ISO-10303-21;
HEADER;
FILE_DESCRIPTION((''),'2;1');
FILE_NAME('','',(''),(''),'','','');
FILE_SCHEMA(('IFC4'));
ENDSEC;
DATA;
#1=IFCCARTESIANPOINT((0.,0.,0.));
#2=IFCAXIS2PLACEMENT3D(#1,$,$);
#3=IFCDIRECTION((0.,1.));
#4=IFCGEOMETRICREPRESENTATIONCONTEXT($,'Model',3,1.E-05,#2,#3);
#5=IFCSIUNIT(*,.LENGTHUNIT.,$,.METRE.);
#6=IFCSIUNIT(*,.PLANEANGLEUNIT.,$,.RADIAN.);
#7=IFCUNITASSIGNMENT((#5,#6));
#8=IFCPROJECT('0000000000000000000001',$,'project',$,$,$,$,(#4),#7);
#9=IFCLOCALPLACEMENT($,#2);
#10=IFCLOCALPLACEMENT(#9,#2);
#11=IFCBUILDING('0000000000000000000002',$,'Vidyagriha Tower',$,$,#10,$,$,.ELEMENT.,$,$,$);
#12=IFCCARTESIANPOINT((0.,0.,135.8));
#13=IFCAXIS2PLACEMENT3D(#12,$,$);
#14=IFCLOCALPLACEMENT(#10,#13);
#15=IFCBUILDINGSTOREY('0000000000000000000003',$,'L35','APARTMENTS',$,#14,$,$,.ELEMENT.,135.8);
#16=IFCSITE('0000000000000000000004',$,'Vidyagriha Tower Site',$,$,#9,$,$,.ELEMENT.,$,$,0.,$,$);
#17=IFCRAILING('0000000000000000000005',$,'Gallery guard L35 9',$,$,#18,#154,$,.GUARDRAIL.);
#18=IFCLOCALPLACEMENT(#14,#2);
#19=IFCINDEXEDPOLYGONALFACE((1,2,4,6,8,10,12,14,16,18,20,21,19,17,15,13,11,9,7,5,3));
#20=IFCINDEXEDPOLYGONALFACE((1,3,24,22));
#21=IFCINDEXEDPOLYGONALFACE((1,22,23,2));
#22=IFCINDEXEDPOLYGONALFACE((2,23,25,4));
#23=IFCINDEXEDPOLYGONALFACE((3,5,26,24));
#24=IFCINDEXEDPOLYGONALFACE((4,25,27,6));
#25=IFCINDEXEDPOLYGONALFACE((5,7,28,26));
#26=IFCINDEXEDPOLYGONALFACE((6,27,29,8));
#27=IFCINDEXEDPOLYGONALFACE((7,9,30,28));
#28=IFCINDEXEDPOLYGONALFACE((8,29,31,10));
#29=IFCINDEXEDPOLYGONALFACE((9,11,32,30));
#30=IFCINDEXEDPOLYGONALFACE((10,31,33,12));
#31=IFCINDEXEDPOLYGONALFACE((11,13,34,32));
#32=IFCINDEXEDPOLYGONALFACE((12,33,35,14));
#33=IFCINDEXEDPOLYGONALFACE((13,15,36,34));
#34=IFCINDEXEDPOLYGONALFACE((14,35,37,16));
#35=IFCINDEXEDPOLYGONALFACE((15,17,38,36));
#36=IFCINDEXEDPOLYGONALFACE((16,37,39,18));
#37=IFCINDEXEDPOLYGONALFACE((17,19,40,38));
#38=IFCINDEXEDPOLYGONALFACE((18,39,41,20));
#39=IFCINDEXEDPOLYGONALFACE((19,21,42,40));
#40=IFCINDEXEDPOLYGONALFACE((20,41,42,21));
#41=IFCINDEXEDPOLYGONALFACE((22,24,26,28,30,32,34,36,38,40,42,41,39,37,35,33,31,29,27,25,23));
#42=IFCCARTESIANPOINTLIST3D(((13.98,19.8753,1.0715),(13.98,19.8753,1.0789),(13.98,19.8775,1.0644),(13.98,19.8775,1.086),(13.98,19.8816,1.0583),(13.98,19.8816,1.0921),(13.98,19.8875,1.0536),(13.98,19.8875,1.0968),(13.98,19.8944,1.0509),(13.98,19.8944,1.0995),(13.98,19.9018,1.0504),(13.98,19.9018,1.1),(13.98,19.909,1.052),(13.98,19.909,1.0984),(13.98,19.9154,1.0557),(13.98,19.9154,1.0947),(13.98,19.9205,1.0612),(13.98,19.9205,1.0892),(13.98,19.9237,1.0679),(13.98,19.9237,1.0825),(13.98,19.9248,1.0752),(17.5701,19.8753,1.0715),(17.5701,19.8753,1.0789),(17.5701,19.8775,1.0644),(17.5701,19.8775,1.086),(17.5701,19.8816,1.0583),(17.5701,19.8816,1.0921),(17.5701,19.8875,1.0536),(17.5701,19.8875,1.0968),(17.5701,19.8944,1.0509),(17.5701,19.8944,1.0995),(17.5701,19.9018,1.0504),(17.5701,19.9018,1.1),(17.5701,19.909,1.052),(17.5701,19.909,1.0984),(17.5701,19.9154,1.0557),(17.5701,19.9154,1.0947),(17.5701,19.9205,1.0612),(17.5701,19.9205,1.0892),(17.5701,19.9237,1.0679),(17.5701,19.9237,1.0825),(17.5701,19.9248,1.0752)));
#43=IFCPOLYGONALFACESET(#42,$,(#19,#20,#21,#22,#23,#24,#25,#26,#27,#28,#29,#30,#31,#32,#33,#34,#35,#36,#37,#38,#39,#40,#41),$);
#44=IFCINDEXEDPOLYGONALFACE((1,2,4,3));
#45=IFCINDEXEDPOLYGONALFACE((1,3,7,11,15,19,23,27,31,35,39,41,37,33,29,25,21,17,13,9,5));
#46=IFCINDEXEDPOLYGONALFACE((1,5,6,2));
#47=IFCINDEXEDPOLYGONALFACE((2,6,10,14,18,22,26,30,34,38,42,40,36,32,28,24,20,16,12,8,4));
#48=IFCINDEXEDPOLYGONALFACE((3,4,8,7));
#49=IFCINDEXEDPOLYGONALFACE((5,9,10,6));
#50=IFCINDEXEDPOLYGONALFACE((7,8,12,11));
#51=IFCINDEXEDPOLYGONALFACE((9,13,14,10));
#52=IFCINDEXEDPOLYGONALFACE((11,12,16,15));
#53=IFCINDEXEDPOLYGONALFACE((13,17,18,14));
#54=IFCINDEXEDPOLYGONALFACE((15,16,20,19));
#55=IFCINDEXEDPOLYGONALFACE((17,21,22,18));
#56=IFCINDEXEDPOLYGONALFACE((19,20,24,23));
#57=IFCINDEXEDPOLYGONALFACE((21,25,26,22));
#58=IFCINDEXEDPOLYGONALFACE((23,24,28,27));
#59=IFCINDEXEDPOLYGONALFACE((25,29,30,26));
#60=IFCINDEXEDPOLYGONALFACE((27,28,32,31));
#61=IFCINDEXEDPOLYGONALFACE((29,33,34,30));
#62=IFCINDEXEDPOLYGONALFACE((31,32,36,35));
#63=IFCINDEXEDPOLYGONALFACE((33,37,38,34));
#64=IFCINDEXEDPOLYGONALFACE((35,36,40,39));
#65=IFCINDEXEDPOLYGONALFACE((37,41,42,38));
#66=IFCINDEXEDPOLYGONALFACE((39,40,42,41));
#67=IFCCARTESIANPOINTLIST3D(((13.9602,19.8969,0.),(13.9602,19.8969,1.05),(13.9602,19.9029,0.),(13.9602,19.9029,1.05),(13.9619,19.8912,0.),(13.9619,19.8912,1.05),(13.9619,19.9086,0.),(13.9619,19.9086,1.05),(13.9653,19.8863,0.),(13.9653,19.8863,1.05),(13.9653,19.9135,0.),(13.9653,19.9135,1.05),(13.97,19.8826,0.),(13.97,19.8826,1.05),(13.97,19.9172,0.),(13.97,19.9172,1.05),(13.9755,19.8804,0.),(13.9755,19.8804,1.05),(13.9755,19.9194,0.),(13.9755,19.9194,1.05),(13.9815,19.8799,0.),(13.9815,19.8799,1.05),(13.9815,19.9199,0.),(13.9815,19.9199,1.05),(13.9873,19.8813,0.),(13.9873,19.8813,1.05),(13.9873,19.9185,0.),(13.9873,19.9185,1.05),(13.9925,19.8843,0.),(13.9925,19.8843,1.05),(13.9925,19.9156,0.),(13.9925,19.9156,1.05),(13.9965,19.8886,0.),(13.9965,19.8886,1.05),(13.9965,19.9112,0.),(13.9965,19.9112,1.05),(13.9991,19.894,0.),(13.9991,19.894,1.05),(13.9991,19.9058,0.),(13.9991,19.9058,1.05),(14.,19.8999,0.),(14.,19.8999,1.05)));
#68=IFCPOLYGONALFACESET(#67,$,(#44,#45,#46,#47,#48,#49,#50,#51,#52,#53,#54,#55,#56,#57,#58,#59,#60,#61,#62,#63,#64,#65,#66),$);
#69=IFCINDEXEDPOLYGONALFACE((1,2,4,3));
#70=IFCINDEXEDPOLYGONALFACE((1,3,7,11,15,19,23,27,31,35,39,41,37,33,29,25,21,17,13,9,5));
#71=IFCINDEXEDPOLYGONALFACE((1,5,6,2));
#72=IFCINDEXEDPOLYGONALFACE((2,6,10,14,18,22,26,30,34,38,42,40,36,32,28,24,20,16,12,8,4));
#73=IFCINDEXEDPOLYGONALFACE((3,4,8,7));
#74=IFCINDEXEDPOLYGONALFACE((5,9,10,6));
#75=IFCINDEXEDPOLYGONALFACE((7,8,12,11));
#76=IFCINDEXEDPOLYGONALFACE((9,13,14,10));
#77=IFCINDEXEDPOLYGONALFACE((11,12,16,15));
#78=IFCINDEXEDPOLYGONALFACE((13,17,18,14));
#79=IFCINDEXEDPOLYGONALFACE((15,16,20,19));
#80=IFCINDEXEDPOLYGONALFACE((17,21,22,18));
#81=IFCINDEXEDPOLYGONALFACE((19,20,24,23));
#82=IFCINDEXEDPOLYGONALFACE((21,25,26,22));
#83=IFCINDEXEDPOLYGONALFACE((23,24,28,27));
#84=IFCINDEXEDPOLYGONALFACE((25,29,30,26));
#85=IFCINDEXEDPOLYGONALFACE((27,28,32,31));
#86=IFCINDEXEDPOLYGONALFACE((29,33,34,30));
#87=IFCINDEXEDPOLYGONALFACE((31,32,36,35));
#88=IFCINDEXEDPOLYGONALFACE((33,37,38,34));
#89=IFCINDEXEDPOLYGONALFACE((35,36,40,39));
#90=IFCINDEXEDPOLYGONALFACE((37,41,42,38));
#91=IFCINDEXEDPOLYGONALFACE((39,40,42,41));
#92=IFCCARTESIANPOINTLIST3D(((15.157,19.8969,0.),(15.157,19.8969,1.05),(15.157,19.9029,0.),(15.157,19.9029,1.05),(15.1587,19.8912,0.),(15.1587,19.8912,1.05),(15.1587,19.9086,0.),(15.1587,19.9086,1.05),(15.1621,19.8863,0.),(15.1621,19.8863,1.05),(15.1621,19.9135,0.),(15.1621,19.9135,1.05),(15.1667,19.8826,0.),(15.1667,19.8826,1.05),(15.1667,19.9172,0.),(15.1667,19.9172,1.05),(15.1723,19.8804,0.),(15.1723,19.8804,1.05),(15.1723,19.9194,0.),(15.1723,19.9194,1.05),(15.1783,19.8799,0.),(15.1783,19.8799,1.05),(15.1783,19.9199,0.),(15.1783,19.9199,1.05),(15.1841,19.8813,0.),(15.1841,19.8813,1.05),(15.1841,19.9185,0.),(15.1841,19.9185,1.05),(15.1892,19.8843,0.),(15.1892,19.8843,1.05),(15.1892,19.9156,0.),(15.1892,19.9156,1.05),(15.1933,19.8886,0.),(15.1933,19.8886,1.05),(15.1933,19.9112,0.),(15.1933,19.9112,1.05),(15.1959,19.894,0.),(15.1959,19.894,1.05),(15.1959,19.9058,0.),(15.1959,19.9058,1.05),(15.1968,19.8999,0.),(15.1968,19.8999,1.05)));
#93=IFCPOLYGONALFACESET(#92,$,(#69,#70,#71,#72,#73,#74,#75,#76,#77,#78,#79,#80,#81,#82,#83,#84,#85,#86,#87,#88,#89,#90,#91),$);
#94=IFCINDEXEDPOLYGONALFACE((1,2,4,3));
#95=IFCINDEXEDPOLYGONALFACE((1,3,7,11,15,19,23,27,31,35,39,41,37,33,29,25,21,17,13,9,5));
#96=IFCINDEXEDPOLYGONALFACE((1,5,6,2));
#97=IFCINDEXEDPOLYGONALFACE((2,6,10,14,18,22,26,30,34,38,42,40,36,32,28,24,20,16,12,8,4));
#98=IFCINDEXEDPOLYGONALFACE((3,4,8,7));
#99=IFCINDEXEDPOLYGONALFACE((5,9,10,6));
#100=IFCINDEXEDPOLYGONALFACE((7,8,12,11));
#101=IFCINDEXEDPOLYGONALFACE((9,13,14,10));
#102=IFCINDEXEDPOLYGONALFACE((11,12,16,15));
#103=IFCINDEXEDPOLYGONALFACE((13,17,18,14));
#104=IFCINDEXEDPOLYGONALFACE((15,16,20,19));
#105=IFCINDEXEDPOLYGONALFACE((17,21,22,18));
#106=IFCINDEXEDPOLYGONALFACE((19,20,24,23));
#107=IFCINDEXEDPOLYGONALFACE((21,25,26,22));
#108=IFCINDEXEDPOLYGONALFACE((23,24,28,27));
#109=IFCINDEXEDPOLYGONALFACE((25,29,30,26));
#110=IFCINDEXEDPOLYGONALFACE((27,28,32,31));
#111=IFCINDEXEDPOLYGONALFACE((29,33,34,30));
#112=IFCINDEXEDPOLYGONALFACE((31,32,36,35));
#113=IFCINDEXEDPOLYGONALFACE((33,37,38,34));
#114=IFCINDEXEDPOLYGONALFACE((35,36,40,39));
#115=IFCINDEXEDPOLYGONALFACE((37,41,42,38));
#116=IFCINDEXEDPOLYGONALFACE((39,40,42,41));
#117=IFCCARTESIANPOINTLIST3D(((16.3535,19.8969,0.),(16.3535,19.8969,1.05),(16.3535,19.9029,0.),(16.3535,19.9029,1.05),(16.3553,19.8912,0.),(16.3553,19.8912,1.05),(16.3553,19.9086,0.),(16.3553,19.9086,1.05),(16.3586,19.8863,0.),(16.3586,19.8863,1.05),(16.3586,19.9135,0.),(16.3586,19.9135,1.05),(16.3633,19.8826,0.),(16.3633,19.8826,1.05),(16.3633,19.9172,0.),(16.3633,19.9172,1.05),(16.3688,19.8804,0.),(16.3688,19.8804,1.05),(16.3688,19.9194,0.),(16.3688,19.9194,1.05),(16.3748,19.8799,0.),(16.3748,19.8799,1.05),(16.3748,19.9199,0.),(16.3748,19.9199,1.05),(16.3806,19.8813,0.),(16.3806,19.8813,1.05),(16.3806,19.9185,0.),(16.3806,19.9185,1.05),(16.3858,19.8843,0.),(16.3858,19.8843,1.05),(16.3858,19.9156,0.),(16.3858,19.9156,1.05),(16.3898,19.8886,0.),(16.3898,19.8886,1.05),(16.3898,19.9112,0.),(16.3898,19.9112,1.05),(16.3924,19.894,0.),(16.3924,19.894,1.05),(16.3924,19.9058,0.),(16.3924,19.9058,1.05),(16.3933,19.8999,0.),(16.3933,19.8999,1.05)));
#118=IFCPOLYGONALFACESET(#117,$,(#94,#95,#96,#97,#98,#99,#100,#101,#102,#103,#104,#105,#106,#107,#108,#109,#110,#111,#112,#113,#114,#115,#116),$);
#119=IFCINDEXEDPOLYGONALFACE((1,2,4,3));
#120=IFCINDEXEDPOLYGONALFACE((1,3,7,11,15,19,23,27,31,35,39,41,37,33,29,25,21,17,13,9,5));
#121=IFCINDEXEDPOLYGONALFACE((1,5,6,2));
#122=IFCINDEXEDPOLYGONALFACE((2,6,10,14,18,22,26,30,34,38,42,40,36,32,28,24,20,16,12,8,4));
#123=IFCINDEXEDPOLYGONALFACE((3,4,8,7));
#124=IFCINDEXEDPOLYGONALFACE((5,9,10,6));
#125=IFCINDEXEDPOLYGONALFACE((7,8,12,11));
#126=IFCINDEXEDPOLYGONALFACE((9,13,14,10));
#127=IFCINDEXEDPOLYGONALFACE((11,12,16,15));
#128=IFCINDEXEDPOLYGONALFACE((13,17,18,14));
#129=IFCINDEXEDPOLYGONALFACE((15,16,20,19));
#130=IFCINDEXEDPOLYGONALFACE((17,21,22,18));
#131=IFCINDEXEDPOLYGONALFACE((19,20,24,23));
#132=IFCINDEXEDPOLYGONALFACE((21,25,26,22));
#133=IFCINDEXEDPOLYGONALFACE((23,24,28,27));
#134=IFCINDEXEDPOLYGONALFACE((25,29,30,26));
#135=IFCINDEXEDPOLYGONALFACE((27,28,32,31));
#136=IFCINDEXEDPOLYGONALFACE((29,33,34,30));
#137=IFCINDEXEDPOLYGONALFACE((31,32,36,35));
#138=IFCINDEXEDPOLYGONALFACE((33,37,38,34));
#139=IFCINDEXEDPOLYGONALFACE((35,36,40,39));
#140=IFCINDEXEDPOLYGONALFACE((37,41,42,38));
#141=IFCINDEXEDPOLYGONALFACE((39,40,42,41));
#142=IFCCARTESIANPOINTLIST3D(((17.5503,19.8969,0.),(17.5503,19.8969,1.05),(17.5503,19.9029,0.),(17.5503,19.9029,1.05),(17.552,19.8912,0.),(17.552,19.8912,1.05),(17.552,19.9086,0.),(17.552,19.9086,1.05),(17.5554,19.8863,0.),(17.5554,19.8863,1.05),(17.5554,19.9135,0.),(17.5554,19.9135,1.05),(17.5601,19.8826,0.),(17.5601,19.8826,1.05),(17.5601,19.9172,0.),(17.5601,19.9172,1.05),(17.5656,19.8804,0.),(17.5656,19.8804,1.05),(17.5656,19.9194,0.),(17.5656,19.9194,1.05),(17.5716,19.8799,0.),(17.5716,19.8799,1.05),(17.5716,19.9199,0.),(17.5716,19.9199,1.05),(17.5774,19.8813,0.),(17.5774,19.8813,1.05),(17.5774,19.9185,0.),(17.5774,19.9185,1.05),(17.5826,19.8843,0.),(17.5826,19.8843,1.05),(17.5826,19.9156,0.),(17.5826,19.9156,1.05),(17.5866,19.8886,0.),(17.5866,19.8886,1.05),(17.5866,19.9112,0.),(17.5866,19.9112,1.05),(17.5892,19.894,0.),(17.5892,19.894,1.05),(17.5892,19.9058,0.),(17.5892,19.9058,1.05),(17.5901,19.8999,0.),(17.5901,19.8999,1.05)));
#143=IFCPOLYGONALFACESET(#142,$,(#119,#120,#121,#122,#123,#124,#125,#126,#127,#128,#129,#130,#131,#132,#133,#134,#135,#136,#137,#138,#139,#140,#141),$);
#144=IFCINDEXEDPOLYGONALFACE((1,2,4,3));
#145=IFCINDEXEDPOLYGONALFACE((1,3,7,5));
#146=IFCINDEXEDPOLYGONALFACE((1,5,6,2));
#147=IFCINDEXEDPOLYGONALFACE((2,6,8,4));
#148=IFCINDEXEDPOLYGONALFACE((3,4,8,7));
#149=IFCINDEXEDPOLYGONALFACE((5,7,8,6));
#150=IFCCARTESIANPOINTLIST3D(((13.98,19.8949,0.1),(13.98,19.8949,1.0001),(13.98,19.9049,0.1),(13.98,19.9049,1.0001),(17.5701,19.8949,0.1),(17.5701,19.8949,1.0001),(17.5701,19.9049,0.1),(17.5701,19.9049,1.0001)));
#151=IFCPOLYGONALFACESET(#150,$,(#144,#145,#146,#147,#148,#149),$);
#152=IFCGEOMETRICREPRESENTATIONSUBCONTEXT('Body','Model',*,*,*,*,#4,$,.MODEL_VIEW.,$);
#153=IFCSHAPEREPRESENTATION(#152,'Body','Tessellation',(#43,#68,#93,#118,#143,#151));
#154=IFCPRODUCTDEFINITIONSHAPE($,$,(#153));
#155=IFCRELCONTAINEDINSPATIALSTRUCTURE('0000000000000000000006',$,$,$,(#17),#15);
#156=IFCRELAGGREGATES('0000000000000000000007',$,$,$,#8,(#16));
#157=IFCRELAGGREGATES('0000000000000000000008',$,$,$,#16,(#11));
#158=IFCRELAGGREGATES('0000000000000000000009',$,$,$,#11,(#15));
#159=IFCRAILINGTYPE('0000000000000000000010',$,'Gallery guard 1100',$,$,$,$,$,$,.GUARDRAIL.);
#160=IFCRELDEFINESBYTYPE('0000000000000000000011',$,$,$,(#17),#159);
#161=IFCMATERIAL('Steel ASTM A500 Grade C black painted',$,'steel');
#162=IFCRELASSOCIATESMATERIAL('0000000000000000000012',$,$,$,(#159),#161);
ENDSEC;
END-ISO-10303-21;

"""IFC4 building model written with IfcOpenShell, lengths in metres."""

from ifc_helpers import new_model, si_unit, direction, frame, origin, origin_2d, place, context, subcontext, project, spatial, rectangle, circle, extrude, material, type_object, element, save


model = new_model("IFC4")

# Units and contexts
model_context = context("Model", 3, precision=1e-05, world=origin(), true_north=direction((0.0, 1.0)))
body_context = subcontext(model_context, "Body", "Model", "MODEL_VIEW")
ifc_project = project(units=[si_unit("LENGTHUNIT", "METRE"), si_unit("PLANEANGLEUNIT", "RADIAN")], contexts=[model_context])

# Site, building, storey
site_placement = place(None, origin())
site = spatial("IfcSite", under=ifc_project, at=site_placement, Name="Vidyagriha Tower Site", CompositionType="ELEMENT", RefElevation=0.0)
building_placement = place(site_placement, origin())
building = spatial("IfcBuilding", under=site, at=building_placement, Name="Vidyagriha Tower", CompositionType="ELEMENT")
storey_placement = place(building_placement, frame((0.0, 0.0, 135.8)))
storey = spatial("IfcBuildingStorey", under=building, at=storey_placement, Name="L35", Description="APARTMENTS", CompositionType="ELEMENT", Elevation=135.8)

# Railing
ifc_material_1 = material(Name="Steel ASTM A500 Grade C black painted", Category="steel")
railing_type_1 = type_object("IfcRailingType", Name="Gallery guard 1100", PredefinedType="GUARDRAIL", material=ifc_material_1)
railing_1_placement = place(storey_placement, frame((13.98, 19.8999, 0.0)))
element("IfcRailing", 1, at=railing_1_placement, inside=storey, type_object=railing_type_1, Name="Gallery guard L35 9", PredefinedType="GUARDRAIL", context=body_context, shape_type="SweptSolid", body=[
    extrude(circle(Radius=0.0249, at=origin_2d()), frame((0.0, 0.0, 1.0752), z_axis=(1.0, 0.0, 0.0), x_axis=(0.0, 1.0, 0.0)), (0.0, 0.0, 1.0), 3.5901),
    extrude(circle(Radius=0.02, at=origin_2d()), origin(), (0.0, 0.0, 1.0), 1.05),
    extrude(circle(Radius=0.02, at=origin_2d()), frame((1.1968, 0.0, 0.0)), (0.0, 0.0, 1.0), 1.05),
    extrude(circle(Radius=0.02, at=origin_2d()), frame((2.3933, 0.0, 0.0)), (0.0, 0.0, 1.0), 1.05),
    extrude(circle(Radius=0.02, at=origin_2d()), frame((3.5901, 0.0, 0.0)), (0.0, 0.0, 1.0), 1.05),
    extrude(rectangle(XDim=0.01, YDim=0.9001, at=origin_2d()), frame((0.0, 0.0, 0.55), z_axis=(1.0, 0.0, 0.0), x_axis=(0.0, 1.0, 0.0)), (0.0, 0.0, 1.0), 3.5901),
])

save(model, "model.ifc")
